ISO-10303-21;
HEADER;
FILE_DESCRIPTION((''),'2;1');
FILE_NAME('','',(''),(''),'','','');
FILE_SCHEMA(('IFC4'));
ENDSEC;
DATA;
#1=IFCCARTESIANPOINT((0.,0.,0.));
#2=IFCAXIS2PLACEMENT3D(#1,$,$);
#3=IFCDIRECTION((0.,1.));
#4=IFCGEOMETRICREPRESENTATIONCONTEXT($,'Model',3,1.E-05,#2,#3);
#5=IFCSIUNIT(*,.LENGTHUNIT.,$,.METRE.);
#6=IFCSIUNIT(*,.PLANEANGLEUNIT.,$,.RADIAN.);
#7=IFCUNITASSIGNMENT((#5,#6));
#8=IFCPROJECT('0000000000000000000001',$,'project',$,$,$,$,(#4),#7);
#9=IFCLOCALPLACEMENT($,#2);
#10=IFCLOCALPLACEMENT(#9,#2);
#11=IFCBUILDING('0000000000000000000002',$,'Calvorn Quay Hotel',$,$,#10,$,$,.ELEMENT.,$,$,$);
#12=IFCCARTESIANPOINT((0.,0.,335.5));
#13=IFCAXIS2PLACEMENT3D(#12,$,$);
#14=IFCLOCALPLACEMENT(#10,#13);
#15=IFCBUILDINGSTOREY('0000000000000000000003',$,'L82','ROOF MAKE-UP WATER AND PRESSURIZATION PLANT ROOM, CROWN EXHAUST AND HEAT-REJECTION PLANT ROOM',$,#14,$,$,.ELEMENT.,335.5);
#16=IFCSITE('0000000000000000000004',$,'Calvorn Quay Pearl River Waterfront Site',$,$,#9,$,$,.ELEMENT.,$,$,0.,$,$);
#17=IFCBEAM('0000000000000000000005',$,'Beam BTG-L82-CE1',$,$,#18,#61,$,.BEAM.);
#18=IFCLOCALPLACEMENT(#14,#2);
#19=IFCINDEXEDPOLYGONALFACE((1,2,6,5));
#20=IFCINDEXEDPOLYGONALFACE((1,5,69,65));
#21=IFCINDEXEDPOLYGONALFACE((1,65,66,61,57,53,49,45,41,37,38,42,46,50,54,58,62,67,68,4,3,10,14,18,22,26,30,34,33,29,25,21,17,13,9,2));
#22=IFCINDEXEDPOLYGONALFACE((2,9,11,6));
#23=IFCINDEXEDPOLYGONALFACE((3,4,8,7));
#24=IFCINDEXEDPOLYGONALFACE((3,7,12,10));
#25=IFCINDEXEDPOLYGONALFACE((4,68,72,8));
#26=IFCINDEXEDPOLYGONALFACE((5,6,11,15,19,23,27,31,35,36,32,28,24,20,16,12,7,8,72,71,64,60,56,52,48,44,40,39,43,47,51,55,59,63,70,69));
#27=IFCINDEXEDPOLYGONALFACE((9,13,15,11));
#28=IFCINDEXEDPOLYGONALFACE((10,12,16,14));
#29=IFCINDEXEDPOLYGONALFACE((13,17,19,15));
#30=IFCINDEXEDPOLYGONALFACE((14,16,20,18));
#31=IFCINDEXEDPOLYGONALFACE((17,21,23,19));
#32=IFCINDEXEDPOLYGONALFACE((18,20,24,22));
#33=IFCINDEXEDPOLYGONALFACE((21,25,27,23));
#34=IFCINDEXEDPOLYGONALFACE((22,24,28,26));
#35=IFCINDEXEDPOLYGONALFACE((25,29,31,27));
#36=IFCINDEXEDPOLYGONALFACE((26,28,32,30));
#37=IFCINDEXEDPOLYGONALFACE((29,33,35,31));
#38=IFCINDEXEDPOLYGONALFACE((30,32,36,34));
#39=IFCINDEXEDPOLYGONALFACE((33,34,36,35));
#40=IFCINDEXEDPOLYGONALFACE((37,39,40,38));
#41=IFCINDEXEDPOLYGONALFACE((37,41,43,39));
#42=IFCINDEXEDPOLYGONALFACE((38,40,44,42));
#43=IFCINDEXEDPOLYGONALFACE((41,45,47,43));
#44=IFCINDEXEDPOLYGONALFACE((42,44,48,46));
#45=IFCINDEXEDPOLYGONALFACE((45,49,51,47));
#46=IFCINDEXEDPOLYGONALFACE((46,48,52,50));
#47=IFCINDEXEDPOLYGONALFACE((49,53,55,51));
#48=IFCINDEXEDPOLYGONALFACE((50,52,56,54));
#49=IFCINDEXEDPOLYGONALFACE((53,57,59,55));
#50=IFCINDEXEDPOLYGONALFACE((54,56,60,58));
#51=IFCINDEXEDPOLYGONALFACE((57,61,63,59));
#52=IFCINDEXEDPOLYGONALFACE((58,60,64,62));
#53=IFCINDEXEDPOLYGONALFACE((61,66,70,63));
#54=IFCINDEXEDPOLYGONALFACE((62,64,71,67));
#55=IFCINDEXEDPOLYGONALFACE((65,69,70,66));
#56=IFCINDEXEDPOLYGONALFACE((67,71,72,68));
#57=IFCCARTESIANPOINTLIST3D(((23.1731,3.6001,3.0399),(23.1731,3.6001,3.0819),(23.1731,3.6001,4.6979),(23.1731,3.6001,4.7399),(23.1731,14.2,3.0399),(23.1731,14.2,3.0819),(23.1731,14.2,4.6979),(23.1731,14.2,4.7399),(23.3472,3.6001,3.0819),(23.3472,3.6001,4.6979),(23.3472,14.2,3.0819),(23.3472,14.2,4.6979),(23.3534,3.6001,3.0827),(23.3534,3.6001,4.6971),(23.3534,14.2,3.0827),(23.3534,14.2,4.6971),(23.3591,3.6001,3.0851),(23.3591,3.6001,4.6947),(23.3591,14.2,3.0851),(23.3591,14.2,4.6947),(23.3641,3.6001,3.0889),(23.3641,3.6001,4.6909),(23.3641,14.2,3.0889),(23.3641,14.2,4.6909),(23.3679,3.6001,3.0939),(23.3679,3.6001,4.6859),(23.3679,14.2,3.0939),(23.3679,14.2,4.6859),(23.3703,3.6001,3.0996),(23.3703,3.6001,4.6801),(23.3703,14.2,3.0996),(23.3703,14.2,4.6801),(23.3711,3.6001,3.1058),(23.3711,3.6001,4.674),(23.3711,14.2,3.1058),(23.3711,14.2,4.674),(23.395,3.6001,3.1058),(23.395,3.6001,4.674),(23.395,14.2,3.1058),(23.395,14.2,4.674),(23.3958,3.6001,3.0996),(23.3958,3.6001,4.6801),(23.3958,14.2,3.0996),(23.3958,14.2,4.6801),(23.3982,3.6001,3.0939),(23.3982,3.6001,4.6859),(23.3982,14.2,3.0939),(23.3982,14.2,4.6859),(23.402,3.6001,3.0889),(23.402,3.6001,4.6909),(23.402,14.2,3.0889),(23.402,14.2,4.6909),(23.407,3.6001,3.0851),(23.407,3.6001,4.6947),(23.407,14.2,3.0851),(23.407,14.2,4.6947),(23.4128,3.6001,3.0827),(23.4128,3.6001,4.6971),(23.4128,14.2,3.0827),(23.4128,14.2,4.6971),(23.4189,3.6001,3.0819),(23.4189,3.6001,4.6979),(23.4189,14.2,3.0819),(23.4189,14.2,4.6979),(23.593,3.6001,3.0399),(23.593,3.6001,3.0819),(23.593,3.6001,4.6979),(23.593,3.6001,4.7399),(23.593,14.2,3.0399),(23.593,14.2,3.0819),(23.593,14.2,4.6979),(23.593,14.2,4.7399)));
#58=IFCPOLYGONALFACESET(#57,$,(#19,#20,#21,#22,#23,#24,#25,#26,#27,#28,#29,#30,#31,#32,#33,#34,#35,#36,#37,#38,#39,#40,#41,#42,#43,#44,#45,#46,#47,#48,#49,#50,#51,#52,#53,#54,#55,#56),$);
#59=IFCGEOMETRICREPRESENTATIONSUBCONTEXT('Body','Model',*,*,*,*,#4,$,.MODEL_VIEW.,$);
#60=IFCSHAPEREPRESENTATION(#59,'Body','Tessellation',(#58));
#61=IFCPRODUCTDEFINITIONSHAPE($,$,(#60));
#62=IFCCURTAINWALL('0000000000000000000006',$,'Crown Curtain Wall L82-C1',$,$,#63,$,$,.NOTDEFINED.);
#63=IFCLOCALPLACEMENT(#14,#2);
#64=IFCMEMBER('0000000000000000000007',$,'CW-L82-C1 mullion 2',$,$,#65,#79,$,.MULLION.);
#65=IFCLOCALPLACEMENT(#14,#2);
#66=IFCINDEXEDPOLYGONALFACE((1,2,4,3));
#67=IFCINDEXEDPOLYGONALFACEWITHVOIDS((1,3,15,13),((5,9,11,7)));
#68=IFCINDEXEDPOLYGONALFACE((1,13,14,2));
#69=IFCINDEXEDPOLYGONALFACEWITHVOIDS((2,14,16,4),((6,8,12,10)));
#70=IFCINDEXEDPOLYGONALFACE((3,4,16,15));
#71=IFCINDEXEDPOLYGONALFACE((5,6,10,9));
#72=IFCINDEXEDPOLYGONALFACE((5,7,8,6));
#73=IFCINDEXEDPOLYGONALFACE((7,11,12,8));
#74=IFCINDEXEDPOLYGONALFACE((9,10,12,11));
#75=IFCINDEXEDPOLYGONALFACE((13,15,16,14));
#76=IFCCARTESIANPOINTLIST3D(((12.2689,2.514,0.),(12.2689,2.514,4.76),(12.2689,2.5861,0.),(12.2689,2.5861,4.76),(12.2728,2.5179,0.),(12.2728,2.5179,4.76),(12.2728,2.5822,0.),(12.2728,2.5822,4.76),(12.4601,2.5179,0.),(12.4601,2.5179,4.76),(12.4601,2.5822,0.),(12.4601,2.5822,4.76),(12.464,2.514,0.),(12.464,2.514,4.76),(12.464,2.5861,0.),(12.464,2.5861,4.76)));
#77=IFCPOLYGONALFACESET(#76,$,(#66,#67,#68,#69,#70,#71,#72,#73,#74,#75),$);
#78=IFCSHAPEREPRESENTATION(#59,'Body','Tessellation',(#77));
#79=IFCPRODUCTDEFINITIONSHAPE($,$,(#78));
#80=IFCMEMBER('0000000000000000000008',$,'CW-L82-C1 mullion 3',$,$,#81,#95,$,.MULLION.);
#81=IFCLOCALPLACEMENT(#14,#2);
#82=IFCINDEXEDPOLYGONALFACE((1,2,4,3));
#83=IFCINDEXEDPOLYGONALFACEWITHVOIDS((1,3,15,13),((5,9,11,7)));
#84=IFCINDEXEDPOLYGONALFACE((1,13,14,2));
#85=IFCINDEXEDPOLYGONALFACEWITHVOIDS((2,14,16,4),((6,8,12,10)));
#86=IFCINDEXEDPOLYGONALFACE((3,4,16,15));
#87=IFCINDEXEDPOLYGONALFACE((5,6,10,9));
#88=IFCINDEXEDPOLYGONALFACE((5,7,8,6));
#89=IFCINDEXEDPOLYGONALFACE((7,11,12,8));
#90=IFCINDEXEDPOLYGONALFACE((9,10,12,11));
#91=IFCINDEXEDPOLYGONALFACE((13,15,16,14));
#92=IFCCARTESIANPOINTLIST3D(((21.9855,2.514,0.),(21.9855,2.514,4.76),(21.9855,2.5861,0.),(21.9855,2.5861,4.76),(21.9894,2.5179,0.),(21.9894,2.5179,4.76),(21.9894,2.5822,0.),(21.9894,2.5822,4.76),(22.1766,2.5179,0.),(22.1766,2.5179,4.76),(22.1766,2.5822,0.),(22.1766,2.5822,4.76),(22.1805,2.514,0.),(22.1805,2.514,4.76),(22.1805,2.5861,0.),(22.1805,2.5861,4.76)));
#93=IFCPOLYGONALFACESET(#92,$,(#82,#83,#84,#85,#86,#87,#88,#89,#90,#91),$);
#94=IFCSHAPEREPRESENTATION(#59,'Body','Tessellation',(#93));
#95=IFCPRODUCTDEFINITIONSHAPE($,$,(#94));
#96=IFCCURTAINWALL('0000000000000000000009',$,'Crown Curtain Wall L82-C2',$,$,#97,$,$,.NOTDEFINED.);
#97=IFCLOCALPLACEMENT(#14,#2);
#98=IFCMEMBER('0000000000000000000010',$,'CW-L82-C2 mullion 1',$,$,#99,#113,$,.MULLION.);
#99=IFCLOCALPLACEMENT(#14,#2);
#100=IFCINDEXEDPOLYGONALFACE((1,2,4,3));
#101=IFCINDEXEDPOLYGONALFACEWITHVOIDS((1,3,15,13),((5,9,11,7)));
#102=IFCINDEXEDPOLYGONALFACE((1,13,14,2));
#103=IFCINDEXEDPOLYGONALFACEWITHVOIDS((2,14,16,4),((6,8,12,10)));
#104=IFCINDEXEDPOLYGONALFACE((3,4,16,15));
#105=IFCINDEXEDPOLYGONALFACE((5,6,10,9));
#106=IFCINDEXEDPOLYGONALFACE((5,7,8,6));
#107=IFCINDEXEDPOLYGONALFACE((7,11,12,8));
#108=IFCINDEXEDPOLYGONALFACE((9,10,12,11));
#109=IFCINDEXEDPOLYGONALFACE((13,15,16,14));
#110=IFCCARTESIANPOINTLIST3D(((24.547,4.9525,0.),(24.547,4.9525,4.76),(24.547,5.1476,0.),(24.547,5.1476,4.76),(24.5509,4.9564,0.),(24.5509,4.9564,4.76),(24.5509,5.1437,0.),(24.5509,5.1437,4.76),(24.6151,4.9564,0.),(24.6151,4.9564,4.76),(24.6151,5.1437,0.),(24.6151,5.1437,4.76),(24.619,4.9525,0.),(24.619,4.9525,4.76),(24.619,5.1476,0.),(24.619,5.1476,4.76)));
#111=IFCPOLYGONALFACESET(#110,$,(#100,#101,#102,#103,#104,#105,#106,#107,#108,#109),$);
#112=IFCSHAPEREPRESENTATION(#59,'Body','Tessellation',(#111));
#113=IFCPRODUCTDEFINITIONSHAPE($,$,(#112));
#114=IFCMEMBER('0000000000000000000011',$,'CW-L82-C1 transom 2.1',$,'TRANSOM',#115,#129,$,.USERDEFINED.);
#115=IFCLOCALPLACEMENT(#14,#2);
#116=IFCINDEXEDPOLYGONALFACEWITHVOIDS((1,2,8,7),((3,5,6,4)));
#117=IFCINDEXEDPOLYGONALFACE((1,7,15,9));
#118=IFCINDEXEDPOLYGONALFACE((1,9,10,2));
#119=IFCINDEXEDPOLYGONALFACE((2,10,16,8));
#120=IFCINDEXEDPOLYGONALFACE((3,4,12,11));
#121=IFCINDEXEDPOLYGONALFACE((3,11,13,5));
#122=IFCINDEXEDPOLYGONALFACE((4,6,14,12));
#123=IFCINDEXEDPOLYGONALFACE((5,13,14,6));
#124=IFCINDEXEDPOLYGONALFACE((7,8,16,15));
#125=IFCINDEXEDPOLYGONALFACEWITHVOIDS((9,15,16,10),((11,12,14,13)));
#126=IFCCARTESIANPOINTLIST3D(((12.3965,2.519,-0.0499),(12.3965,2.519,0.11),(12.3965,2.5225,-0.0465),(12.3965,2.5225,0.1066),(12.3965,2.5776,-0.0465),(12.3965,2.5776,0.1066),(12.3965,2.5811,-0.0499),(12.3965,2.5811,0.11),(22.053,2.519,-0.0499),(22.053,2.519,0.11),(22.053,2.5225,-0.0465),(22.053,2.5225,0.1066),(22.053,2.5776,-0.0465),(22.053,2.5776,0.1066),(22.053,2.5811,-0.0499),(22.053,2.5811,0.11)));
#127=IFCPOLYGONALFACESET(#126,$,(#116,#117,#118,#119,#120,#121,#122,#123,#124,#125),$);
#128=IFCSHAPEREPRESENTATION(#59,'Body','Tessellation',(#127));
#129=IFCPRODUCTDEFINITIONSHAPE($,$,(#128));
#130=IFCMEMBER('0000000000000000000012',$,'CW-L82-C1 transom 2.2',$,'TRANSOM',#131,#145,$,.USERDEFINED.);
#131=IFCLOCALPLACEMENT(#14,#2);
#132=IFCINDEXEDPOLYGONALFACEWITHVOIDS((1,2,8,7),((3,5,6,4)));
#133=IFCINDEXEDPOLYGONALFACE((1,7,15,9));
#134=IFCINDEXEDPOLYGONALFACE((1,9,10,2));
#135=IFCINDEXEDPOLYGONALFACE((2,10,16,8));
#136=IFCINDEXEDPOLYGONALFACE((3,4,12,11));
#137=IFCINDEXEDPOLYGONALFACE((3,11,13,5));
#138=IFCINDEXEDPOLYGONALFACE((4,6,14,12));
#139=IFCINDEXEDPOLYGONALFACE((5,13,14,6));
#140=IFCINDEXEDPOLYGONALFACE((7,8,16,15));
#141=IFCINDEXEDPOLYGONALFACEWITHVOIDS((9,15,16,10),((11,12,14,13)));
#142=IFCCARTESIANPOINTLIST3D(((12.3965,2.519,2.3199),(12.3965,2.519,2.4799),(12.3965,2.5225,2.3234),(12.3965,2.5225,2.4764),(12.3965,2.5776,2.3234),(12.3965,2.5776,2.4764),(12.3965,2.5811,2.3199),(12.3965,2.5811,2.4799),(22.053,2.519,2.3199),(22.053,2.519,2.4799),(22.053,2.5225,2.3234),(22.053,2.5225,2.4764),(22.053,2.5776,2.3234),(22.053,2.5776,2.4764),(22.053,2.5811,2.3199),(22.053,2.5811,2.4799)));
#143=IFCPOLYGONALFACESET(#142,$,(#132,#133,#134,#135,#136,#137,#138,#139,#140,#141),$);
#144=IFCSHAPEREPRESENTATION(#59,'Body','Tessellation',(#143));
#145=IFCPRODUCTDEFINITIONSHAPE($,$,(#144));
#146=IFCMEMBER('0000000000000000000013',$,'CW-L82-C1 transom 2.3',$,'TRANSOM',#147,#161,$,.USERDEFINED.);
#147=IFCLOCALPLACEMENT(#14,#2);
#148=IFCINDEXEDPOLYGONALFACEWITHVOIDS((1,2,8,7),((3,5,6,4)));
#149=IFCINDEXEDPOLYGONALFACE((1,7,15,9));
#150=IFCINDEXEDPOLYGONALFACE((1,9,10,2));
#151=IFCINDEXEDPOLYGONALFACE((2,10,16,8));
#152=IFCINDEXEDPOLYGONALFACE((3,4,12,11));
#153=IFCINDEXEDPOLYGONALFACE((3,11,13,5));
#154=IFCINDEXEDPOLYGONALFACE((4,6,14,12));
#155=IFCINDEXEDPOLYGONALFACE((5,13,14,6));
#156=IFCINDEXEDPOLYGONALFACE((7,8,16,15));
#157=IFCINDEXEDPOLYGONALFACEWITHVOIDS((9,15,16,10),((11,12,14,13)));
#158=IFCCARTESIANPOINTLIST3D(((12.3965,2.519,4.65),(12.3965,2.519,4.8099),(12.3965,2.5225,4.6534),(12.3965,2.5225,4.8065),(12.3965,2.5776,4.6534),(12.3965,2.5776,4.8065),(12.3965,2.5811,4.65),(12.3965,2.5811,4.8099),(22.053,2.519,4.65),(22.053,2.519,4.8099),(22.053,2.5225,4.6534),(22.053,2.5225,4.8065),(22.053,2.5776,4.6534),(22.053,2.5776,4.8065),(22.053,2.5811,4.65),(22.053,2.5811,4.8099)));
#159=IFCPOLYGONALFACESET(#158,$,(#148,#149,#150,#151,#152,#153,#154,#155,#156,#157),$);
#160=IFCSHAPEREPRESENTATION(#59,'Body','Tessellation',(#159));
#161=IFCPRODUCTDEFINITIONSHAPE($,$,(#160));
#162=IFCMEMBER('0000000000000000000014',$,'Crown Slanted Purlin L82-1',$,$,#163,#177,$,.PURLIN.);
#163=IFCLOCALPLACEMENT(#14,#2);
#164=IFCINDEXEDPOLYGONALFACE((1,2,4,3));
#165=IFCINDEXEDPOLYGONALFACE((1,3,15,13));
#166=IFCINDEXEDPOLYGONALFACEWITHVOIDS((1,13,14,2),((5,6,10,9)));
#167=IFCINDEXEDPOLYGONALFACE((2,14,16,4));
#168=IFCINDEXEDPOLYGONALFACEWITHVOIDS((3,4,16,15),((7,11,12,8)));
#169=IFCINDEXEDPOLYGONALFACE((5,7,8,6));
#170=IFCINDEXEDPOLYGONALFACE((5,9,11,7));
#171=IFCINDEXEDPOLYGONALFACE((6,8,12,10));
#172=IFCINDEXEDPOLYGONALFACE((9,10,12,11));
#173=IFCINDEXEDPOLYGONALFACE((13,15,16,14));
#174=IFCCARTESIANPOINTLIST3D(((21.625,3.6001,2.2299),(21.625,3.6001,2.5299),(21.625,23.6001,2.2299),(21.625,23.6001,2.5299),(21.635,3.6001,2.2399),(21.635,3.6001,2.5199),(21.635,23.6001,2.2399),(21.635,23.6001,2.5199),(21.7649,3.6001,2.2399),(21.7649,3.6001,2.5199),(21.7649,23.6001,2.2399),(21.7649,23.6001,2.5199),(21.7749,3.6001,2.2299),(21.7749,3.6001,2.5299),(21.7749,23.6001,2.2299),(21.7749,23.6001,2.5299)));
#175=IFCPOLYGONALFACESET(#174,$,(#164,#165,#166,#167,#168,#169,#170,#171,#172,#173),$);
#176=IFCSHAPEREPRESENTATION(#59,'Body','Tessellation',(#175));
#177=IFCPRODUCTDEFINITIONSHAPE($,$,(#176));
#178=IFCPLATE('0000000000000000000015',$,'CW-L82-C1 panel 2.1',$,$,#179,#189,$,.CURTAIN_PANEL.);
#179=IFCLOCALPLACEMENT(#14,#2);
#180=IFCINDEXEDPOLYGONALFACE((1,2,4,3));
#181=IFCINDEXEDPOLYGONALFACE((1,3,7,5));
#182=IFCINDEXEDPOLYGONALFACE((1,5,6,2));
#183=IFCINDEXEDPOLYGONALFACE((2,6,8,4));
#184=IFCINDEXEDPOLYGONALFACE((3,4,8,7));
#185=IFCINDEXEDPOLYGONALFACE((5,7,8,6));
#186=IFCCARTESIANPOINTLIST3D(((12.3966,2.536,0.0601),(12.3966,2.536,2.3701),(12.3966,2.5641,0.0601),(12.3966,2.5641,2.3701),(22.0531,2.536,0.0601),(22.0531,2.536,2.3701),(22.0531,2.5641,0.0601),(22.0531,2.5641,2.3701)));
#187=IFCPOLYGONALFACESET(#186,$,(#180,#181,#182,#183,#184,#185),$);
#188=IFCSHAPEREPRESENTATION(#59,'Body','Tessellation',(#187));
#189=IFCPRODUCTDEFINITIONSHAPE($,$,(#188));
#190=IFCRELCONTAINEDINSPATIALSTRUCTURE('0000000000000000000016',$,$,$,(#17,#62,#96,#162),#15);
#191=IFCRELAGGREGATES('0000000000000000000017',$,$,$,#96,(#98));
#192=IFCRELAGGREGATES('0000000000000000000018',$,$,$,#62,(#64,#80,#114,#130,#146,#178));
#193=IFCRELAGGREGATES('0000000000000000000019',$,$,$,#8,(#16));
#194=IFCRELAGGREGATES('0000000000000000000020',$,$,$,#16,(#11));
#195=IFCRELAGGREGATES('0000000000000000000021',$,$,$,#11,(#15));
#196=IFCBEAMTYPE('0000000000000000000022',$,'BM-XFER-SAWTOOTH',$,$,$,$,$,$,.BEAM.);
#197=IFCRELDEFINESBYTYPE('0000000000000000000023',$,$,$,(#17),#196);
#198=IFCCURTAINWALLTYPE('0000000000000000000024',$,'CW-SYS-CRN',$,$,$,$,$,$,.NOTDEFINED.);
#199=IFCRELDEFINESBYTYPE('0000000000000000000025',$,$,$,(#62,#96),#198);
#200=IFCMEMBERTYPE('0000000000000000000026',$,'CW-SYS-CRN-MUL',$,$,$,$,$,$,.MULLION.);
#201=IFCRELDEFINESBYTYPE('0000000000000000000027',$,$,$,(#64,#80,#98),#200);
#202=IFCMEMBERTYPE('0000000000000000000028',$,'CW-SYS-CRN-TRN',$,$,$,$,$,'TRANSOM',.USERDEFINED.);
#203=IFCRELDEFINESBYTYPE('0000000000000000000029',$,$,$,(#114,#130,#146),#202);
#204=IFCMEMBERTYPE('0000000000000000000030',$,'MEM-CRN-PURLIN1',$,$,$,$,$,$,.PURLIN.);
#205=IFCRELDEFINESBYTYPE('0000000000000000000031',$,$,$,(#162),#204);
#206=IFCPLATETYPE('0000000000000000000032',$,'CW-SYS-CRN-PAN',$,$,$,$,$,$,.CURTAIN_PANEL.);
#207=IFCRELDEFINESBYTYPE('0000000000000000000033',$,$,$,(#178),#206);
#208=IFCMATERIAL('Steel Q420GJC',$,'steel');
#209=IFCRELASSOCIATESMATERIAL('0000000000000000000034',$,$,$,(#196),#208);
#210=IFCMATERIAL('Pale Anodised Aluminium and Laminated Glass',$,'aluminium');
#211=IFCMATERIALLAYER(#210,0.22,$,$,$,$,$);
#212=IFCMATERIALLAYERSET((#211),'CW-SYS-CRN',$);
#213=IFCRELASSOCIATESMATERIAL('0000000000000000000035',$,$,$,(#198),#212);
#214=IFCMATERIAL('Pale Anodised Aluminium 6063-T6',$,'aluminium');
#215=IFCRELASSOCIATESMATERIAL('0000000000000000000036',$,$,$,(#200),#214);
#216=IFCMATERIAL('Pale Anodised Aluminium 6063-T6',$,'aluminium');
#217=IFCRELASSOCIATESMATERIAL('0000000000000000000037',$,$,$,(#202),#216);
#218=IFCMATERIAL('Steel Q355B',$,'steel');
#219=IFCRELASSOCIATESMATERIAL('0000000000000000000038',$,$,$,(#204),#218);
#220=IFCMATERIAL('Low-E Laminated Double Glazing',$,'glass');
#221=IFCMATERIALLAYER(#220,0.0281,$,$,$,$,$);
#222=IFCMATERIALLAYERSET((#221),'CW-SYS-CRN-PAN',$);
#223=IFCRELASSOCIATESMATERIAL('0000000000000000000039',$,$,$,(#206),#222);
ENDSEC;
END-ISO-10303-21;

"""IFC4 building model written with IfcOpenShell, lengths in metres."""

from ifc_helpers import new_model, si_unit, direction, frame, origin, origin_2d, place, context, subcontext, project, spatial, rectangle, hollow_rectangle, i_section, extrude, material, layer, layer_set, material_profile, profile_set, type_object, element, aggregate, save


model = new_model("IFC4")

# Units and contexts
model_context = context("Model", 3, precision=1e-05, world=origin(), true_north=direction((0.0, 1.0)))
body_context = subcontext(model_context, "Body", "Model", "MODEL_VIEW")
ifc_project = project(units=[si_unit("LENGTHUNIT", "METRE"), si_unit("PLANEANGLEUNIT", "RADIAN")], contexts=[model_context])

# Site, building, storey
site_placement = place(None, origin())
site = spatial("IfcSite", under=ifc_project, at=site_placement, Name="Calvorn Quay Pearl River Waterfront Site", CompositionType="ELEMENT", RefElevation=0.0)
building_placement = place(site_placement, origin())
building = spatial("IfcBuilding", under=site, at=building_placement, Name="Calvorn Quay Hotel", CompositionType="ELEMENT")
storey_placement = place(building_placement, frame((0.0, 0.0, 335.5)))
storey = spatial("IfcBuildingStorey", under=building, at=storey_placement, Name="L82", Description="ROOF MAKE-UP WATER AND PRESSURIZATION PLANT ROOM, CROWN EXHAUST AND HEAT-REJECTION PLANT ROOM", CompositionType="ELEMENT", Elevation=335.5)

# Beam
ifc_material_1 = material(Name="Steel Q420GJC", Category="steel")
ifc_material_profile_1 = material_profile(ifc_material_1, i_section(OverallWidth=0.4199, OverallDepth=1.7, WebThickness=0.0239, FlangeThickness=0.042, FilletRadius=0.0239, at=origin_2d()), Name="HN1700x420x24x42")
ifc_profile_set_1 = profile_set([ifc_material_profile_1], Name="Steel Q420GJC")
beam_type_1 = type_object("IfcBeamType", Name="BM-XFER-SAWTOOTH", PredefinedType="BEAM", material=ifc_profile_set_1)
beam_1_placement = place(storey_placement, frame((23.3831, 3.6001, 3.8899), z_axis=(0.0, 1.0, 0.0), x_axis=(-1.0, 0.0, 0.0)))
element("IfcBeam", 1, at=beam_1_placement, inside=storey, type_object=beam_type_1, Name="Beam BTG-L82-CE1", PredefinedType="BEAM", context=body_context, shape_type="SweptSolid", body=[
    extrude(i_section(OverallWidth=0.4199, OverallDepth=1.7, WebThickness=0.0239, FlangeThickness=0.042, FilletRadius=0.0239, at=origin_2d()), origin(), (0.0, 0.0, 1.0), 10.5999),
])

# Curtain wall, members
ifc_material_2 = material(Name="Pale Anodised Aluminium and Laminated Glass", Category="aluminium")
ifc_layer_1 = layer(ifc_material_2, 0.22)
ifc_layer_set_1 = layer_set([ifc_layer_1], Name="CW-SYS-CRN")
curtain_wall_type = type_object("IfcCurtainWallType", Name="CW-SYS-CRN", PredefinedType="NOTDEFINED", material=ifc_layer_set_1)
curtain_wall_1_placement = place(storey_placement, origin())
curtain_wall_1 = element("IfcCurtainWall", 2, at=curtain_wall_1_placement, inside=storey, type_object=curtain_wall_type, Name="Crown Curtain Wall L82-C1", PredefinedType="NOTDEFINED")
ifc_material_3 = material(Name="Pale Anodised Aluminium 6063-T6", Category="aluminium")
ifc_material_profile_2 = material_profile(ifc_material_3, hollow_rectangle(XDim=0.072, YDim=0.1951, WallThickness=0.0039, at=origin_2d()), Name="ALU-M195x72x4")
ifc_profile_set_2 = profile_set([ifc_material_profile_2], Name="Pale Anodised Aluminium 6063-T6")
member_type_1 = type_object("IfcMemberType", Name="CW-SYS-CRN-MUL", PredefinedType="MULLION", material=ifc_profile_set_2)
member_1_placement = place(storey_placement, frame((12.3665, 2.55, 0.0), z_axis=(0.0, 0.0, 1.0), x_axis=(0.0, 1.0, 0.0)))
member_1 = element("IfcMember", 3, at=member_1_placement, type_object=member_type_1, Name="CW-L82-C1 mullion 2", PredefinedType="MULLION", context=body_context, shape_type="SweptSolid", body=[
    extrude(hollow_rectangle(XDim=0.072, YDim=0.1951, WallThickness=0.0039, at=origin_2d()), origin(), (0.0, 0.0, 1.0), 4.76),
])
member_2_placement = place(storey_placement, frame((22.083, 2.55, 0.0), z_axis=(0.0, 0.0, 1.0), x_axis=(0.0, 1.0, 0.0)))
member_2 = element("IfcMember", 4, at=member_2_placement, type_object=member_type_1, Name="CW-L82-C1 mullion 3", PredefinedType="MULLION", context=body_context, shape_type="SweptSolid", body=[
    extrude(hollow_rectangle(XDim=0.072, YDim=0.1951, WallThickness=0.0039, at=origin_2d()), origin(), (0.0, 0.0, 1.0), 4.76),
])

# Curtain wall, member
curtain_wall_2_placement = place(storey_placement, origin())
curtain_wall_2 = element("IfcCurtainWall", 5, at=curtain_wall_2_placement, inside=storey, type_object=curtain_wall_type, Name="Crown Curtain Wall L82-C2", PredefinedType="NOTDEFINED")
member_3_placement = place(storey_placement, frame((24.583, 5.05, 0.0), z_axis=(0.0, 0.0, 1.0), x_axis=(-1.0, 0.0, 0.0)))
member_3 = element("IfcMember", 6, at=member_3_placement, type_object=member_type_1, Name="CW-L82-C2 mullion 1", PredefinedType="MULLION", context=body_context, shape_type="SweptSolid", body=[
    extrude(hollow_rectangle(XDim=0.072, YDim=0.1951, WallThickness=0.0039, at=origin_2d()), origin(), (0.0, 0.0, 1.0), 4.76),
])
aggregate(curtain_wall_2, [member_3])

# Members
ifc_material_4 = material(Name="Pale Anodised Aluminium 6063-T6", Category="aluminium")
ifc_material_profile_3 = material_profile(ifc_material_4, hollow_rectangle(XDim=0.062, YDim=0.1599, WallThickness=0.0034, at=origin_2d()), Name="ALU-T160x62x3.5")
ifc_profile_set_3 = profile_set([ifc_material_profile_3], Name="Pale Anodised Aluminium 6063-T6")
member_type_2 = type_object("IfcMemberType", Name="CW-SYS-CRN-TRN", ElementType="TRANSOM", PredefinedType="USERDEFINED", material=ifc_profile_set_3)
member_4_placement = place(storey_placement, frame((12.3965, 2.55, 0.03), z_axis=(1.0, 0.0, 0.0), x_axis=(0.0, 1.0, 0.0)))
member_4 = element("IfcMember", 7, at=member_4_placement, type_object=member_type_2, Name="CW-L82-C1 transom 2.1", ObjectType="TRANSOM", PredefinedType="USERDEFINED", context=body_context, shape_type="SweptSolid", body=[
    extrude(hollow_rectangle(XDim=0.062, YDim=0.1599, WallThickness=0.0034, at=origin_2d()), origin(), (0.0, 0.0, 1.0), 9.6565),
])
member_5_placement = place(storey_placement, frame((12.3965, 2.55, 2.3999), z_axis=(1.0, 0.0, 0.0), x_axis=(0.0, 1.0, 0.0)))
member_5 = element("IfcMember", 8, at=member_5_placement, type_object=member_type_2, Name="CW-L82-C1 transom 2.2", ObjectType="TRANSOM", PredefinedType="USERDEFINED", context=body_context, shape_type="SweptSolid", body=[
    extrude(hollow_rectangle(XDim=0.062, YDim=0.1599, WallThickness=0.0034, at=origin_2d()), origin(), (0.0, 0.0, 1.0), 9.6565),
])
member_6_placement = place(storey_placement, frame((12.3965, 2.55, 4.73), z_axis=(1.0, 0.0, 0.0), x_axis=(0.0, 1.0, 0.0)))
member_6 = element("IfcMember", 9, at=member_6_placement, type_object=member_type_2, Name="CW-L82-C1 transom 2.3", ObjectType="TRANSOM", PredefinedType="USERDEFINED", context=body_context, shape_type="SweptSolid", body=[
    extrude(hollow_rectangle(XDim=0.062, YDim=0.1599, WallThickness=0.0034, at=origin_2d()), origin(), (0.0, 0.0, 1.0), 9.6565),
])
ifc_material_5 = material(Name="Steel Q355B", Category="steel")
ifc_material_profile_4 = material_profile(ifc_material_5, hollow_rectangle(XDim=0.1499, YDim=0.3, WallThickness=0.01, at=origin_2d()), Name="RHS300x150x10")
ifc_profile_set_4 = profile_set([ifc_material_profile_4], Name="Steel Q355B")
member_type_3 = type_object("IfcMemberType", Name="MEM-CRN-PURLIN1", PredefinedType="PURLIN", material=ifc_profile_set_4)
member_7_placement = place(storey_placement, frame((21.7, 3.6001, 2.3799), z_axis=(0.0, 1.0, 0.0), x_axis=(-1.0, 0.0, 0.0)))
element("IfcMember", 10, at=member_7_placement, inside=storey, type_object=member_type_3, Name="Crown Slanted Purlin L82-1", PredefinedType="PURLIN", context=body_context, shape_type="SweptSolid", body=[
    extrude(hollow_rectangle(XDim=0.1499, YDim=0.3, WallThickness=0.01, at=origin_2d()), origin(), (0.0, 0.0, 1.0), 20.0),
])

# Plate
ifc_material_6 = material(Name="Low-E Laminated Double Glazing", Category="glass")
ifc_layer_2 = layer(ifc_material_6, 0.0281)
ifc_layer_set_2 = layer_set([ifc_layer_2], Name="CW-SYS-CRN-PAN")
plate_type_1 = type_object("IfcPlateType", Name="CW-SYS-CRN-PAN", PredefinedType="CURTAIN_PANEL", material=ifc_layer_set_2)
plate_1_placement = place(storey_placement, frame((17.2249, 2.55, 0.0601), z_axis=(0.0, 0.0, 1.0), x_axis=(1.0, 0.0, 0.0)))
plate_1 = element("IfcPlate", 11, at=plate_1_placement, type_object=plate_type_1, Name="CW-L82-C1 panel 2.1", PredefinedType="CURTAIN_PANEL", context=body_context, shape_type="SweptSolid", body=[
    extrude(rectangle(XDim=9.6565, YDim=0.0281, at=origin_2d()), origin(), (0.0, 0.0, 1.0), 2.3101),
])
aggregate(curtain_wall_1, [member_1, member_2, member_4, member_5, member_6, plate_1])

save(model, "model.ifc")
